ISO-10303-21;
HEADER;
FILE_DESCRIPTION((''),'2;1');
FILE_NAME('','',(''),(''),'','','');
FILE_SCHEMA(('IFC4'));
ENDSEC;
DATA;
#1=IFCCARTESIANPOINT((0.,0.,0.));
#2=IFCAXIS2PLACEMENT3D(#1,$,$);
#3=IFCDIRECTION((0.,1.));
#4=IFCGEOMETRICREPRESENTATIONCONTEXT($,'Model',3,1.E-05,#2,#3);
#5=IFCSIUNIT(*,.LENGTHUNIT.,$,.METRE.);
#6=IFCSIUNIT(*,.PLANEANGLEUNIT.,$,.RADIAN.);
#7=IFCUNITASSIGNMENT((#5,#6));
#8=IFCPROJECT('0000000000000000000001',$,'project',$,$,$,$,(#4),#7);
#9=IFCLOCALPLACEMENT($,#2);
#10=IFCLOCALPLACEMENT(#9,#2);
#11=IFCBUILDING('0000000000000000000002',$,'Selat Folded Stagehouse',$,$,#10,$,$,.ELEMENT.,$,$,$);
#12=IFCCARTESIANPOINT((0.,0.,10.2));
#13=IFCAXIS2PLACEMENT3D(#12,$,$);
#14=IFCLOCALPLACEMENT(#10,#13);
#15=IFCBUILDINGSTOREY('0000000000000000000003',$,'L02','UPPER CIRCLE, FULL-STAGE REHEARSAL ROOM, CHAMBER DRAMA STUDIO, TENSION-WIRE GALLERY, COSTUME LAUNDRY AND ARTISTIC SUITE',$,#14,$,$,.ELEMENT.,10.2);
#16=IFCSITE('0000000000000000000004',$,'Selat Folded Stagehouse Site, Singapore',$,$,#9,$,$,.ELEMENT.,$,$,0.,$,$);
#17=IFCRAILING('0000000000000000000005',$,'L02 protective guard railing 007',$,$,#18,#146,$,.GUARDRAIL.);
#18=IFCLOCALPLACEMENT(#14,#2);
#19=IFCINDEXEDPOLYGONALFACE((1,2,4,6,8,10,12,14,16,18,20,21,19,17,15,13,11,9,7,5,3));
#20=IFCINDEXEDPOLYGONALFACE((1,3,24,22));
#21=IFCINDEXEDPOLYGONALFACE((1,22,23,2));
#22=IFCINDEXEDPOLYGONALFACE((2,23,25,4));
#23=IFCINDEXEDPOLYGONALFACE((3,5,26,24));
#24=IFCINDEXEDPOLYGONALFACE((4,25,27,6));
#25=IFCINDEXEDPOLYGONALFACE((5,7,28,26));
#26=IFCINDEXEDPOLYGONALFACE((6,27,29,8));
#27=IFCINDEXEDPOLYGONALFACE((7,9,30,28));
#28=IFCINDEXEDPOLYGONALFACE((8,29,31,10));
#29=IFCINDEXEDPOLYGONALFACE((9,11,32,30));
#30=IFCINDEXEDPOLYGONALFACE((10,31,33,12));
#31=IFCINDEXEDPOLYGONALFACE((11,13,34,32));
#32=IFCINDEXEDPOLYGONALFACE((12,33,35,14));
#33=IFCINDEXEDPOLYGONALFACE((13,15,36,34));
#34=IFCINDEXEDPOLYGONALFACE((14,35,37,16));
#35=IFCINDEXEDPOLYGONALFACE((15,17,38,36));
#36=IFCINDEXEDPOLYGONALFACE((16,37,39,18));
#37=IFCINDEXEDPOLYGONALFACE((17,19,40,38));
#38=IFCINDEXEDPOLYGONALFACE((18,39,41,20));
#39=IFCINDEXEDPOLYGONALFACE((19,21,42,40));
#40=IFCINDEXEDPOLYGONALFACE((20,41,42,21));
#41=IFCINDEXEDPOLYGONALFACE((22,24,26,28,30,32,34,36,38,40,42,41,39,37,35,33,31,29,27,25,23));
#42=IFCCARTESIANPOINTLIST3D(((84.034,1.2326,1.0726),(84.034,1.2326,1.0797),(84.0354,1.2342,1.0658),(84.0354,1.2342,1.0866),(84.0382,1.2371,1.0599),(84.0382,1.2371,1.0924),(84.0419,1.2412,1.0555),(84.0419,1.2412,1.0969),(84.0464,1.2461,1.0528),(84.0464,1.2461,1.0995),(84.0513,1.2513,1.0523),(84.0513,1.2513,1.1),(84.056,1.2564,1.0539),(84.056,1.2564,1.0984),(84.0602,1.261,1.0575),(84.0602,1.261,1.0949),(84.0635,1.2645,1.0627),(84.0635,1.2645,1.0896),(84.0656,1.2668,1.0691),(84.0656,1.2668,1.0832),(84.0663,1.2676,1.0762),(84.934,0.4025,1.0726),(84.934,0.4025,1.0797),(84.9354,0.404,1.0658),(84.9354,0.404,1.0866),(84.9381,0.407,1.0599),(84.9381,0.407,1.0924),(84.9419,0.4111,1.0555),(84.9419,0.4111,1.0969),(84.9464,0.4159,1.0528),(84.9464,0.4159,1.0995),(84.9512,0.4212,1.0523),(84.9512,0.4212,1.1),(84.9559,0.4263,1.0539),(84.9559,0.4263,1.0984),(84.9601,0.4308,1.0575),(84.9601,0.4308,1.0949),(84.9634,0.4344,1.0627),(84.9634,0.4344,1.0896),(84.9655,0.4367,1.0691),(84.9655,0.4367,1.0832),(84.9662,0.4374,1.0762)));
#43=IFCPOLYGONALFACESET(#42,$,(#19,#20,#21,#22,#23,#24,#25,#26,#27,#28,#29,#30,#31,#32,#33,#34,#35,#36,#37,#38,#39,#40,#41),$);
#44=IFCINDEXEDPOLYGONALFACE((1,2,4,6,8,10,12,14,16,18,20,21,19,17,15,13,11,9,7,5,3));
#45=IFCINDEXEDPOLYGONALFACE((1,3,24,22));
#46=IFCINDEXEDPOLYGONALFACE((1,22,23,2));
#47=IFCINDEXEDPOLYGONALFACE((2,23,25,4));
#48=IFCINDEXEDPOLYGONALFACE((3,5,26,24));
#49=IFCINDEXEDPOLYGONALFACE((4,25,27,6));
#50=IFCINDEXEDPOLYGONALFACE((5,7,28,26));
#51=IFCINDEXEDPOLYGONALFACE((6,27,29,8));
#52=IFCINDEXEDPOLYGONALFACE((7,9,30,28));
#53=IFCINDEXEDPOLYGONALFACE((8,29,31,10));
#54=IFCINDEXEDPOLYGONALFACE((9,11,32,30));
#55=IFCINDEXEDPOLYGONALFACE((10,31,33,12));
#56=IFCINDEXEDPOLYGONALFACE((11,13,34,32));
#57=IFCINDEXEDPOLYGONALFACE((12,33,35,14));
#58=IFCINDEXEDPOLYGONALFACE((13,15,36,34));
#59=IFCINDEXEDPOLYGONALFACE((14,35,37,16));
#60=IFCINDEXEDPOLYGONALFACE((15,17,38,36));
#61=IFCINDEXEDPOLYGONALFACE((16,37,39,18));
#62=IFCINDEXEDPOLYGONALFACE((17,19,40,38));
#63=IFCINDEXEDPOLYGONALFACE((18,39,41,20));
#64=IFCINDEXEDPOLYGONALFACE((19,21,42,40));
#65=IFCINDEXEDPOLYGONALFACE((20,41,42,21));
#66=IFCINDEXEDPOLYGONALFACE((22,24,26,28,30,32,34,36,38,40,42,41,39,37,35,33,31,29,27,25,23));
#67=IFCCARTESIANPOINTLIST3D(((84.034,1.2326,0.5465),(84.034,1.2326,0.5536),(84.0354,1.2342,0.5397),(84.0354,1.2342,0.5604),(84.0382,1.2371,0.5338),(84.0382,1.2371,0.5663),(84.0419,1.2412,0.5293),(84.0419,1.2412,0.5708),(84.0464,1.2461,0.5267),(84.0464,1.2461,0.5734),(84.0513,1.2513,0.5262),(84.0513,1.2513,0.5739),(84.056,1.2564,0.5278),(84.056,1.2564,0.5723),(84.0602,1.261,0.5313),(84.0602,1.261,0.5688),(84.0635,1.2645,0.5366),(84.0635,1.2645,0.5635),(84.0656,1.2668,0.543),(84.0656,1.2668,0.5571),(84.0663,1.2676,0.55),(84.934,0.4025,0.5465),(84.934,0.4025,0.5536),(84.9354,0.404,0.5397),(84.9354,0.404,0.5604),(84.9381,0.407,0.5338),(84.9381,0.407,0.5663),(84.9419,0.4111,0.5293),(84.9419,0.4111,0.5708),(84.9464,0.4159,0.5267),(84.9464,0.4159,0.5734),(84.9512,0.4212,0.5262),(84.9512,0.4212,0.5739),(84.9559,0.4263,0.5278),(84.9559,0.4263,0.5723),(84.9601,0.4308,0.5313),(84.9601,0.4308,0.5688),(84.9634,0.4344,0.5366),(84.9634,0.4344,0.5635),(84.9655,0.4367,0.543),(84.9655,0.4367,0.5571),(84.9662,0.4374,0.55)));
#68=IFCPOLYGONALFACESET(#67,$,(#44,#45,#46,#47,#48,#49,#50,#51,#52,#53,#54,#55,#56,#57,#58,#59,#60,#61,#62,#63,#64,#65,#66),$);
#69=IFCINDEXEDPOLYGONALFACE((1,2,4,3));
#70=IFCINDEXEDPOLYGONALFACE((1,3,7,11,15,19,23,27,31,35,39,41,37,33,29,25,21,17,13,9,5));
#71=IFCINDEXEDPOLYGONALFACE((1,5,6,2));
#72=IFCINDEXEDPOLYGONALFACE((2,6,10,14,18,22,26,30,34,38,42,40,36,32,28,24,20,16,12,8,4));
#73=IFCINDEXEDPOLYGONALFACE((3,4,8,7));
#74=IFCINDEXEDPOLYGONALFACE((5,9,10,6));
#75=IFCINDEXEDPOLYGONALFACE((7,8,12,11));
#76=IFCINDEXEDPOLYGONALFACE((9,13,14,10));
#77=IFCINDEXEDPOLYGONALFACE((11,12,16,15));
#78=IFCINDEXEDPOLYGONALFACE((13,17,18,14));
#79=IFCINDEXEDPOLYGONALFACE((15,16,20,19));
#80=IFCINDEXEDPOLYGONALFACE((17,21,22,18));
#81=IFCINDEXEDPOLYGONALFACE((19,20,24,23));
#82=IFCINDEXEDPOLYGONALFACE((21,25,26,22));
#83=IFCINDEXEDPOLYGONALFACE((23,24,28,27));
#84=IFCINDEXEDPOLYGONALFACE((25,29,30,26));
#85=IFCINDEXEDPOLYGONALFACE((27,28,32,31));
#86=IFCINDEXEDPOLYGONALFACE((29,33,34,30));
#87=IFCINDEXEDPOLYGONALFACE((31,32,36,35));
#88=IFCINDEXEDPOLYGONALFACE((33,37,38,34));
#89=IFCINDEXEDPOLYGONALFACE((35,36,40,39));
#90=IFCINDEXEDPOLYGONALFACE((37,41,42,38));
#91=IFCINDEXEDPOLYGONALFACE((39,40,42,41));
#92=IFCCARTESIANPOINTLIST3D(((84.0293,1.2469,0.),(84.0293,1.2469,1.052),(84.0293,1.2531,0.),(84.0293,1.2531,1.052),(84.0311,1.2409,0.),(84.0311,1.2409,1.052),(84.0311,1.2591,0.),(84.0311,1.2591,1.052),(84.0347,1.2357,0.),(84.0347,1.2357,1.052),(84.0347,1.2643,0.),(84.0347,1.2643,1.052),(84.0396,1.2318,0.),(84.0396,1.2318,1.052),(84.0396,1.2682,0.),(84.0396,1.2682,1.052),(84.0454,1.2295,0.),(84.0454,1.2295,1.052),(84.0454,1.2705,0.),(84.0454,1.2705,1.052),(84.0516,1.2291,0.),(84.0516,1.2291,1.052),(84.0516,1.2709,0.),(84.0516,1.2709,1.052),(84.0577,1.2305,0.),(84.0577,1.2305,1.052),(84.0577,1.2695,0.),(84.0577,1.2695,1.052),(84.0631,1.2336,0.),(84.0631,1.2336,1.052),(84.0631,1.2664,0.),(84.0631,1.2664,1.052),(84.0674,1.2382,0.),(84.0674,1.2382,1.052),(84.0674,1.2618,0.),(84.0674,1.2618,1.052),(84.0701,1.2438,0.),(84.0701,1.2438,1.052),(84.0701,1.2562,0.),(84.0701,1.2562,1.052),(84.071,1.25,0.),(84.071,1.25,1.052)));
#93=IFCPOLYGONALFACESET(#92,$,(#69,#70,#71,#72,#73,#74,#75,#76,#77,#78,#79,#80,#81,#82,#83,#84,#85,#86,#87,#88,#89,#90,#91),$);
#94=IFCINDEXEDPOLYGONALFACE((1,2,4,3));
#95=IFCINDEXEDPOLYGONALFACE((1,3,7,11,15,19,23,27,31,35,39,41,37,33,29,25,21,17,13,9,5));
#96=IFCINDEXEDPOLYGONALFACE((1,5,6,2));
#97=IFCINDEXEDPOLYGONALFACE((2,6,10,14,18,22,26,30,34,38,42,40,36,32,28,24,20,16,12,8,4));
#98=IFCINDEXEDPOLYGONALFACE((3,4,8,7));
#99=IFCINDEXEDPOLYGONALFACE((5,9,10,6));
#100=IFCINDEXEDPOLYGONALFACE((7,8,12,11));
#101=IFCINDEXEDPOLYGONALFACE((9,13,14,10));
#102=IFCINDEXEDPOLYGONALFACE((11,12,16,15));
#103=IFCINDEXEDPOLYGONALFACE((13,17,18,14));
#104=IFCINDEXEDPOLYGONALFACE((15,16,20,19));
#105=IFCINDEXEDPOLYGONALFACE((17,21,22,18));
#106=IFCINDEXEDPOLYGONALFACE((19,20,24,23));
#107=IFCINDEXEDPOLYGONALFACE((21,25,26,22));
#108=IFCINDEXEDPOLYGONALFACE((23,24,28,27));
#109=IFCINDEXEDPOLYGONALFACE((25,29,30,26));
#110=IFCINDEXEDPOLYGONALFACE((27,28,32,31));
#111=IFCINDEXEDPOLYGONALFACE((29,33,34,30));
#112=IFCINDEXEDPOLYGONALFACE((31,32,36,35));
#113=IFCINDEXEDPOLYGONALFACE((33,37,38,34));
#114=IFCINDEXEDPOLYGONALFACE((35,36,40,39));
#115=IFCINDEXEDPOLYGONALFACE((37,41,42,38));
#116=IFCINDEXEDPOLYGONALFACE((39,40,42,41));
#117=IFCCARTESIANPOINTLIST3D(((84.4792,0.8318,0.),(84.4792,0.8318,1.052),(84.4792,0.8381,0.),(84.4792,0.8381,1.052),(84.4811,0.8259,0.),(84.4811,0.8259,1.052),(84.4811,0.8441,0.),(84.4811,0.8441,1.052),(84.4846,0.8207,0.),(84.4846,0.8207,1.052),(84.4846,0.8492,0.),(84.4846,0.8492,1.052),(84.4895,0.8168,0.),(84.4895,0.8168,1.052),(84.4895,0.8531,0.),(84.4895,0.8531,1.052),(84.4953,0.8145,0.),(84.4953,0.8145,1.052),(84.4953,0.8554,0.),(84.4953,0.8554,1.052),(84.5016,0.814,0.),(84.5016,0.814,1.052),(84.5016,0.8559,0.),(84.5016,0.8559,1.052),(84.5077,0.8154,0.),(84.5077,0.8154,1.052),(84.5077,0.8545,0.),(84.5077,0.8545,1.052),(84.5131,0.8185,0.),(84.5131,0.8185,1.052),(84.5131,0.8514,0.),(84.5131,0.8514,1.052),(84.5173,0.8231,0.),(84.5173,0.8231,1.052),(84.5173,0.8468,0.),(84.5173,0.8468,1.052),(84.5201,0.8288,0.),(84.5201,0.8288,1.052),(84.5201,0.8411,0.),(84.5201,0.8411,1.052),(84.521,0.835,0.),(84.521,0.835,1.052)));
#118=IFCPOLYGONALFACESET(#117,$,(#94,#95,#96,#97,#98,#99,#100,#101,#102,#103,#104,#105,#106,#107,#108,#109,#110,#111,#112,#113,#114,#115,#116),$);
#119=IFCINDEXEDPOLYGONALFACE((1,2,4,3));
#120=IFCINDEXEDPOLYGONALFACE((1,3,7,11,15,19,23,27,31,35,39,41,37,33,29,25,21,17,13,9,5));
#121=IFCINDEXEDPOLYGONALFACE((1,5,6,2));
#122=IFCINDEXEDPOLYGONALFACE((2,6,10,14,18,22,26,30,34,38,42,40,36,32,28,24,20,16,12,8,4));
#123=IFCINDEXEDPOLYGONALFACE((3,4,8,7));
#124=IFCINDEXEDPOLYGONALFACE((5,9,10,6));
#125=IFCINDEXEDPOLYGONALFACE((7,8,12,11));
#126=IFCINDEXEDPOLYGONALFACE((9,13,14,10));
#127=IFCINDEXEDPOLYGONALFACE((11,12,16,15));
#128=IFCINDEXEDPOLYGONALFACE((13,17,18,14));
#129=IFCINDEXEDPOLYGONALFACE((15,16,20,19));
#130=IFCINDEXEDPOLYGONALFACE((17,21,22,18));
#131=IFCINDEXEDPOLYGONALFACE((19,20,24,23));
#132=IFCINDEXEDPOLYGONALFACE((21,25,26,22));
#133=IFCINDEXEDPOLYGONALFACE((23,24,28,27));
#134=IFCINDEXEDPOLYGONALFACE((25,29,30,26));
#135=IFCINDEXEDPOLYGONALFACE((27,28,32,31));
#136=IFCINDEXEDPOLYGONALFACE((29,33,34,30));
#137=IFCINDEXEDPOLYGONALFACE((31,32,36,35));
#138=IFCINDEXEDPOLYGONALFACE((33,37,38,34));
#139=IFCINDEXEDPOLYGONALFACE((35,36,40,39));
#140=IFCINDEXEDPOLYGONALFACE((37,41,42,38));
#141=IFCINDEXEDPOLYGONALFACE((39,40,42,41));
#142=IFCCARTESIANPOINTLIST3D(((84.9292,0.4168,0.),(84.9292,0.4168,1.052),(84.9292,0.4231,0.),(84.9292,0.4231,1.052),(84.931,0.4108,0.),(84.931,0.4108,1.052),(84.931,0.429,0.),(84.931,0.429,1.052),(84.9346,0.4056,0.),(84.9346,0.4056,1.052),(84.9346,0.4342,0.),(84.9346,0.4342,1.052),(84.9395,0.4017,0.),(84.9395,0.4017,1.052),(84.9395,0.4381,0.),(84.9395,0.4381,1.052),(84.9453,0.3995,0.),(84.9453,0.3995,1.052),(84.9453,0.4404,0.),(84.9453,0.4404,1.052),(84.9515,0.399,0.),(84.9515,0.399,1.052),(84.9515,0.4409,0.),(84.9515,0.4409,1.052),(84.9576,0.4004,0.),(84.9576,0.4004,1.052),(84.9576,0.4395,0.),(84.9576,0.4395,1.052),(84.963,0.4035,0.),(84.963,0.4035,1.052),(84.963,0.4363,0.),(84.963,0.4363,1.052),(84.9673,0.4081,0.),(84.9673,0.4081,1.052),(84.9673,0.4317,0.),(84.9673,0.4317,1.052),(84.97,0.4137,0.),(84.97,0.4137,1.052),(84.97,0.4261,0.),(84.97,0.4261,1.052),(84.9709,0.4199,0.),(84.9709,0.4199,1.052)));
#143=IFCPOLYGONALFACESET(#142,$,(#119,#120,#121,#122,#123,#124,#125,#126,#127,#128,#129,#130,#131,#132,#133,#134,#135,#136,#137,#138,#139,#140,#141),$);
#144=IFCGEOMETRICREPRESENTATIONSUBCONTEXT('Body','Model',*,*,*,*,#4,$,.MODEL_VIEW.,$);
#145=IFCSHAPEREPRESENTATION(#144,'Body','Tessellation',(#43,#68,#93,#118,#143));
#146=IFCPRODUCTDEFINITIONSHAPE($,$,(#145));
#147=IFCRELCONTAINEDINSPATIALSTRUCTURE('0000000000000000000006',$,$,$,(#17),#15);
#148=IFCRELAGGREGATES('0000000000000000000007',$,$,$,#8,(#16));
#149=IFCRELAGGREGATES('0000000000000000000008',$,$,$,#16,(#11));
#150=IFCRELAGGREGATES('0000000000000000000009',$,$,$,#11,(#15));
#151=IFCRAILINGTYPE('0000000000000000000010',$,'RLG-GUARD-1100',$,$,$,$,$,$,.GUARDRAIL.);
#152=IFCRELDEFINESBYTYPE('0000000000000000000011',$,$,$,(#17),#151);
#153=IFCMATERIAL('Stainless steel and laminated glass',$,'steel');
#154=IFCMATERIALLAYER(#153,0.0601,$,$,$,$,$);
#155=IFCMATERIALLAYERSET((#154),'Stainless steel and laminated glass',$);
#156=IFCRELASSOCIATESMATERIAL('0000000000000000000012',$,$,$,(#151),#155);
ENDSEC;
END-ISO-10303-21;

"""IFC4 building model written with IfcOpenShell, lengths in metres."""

from ifc_helpers import new_model, si_unit, direction, frame, origin, origin_2d, place, context, subcontext, project, spatial, circle, extrude, material, layer, layer_set, type_object, element, save


model = new_model("IFC4")

# Units and contexts
model_context = context("Model", 3, precision=1e-05, world=origin(), true_north=direction((0.0, 1.0)))
body_context = subcontext(model_context, "Body", "Model", "MODEL_VIEW")
ifc_project = project(units=[si_unit("LENGTHUNIT", "METRE"), si_unit("PLANEANGLEUNIT", "RADIAN")], contexts=[model_context])

# Site, building, storey
site_placement = place(None, origin())
site = spatial("IfcSite", under=ifc_project, at=site_placement, Name="Selat Folded Stagehouse Site, Singapore", CompositionType="ELEMENT", RefElevation=0.0)
building_placement = place(site_placement, origin())
building = spatial("IfcBuilding", under=site, at=building_placement, Name="Selat Folded Stagehouse", CompositionType="ELEMENT")
storey_placement = place(building_placement, frame((0.0, 0.0, 10.2)))
storey = spatial("IfcBuildingStorey", under=building, at=storey_placement, Name="L02", Description="UPPER CIRCLE, FULL-STAGE REHEARSAL ROOM, CHAMBER DRAMA STUDIO, TENSION-WIRE GALLERY, COSTUME LAUNDRY AND ARTISTIC SUITE", CompositionType="ELEMENT", Elevation=10.2)

# Railing
ifc_material_1 = material(Name="Stainless steel and laminated glass", Category="steel")
ifc_layer_1 = layer(ifc_material_1, 0.0601)
ifc_layer_set_1 = layer_set([ifc_layer_1], Name="Stainless steel and laminated glass")
railing_type = type_object("IfcRailingType", Name="RLG-GUARD-1100", PredefinedType="GUARDRAIL", material=ifc_layer_set_1)
railing_1_placement = place(storey_placement, frame((84.05, 1.25, 0.0)))
element("IfcRailing", 1, at=railing_1_placement, inside=storey, type_object=railing_type, Name="L02 protective guard railing 007", PredefinedType="GUARDRAIL", context=body_context, shape_type="SweptSolid", body=[
    extrude(circle(Radius=0.0239, at=origin_2d()), frame((0.0, 0.0, 1.0762), z_axis=(0.735048, -0.678015, 0.0), x_axis=(0.678015, 0.735048, 0.0)), (0.0, 0.0, 1.0), 1.2244),
    extrude(circle(Radius=0.0239, at=origin_2d()), frame((0.0, 0.0, 0.55), z_axis=(0.735048, -0.678015, 0.0), x_axis=(0.678015, 0.735048, 0.0)), (0.0, 0.0, 1.0), 1.2244),
    extrude(circle(Radius=0.021, at=origin_2d()), origin(), (0.0, 0.0, 1.0), 1.052),
    extrude(circle(Radius=0.021, at=origin_2d()), frame((0.45, -0.415, 0.0)), (0.0, 0.0, 1.0), 1.052),
    extrude(circle(Radius=0.021, at=origin_2d()), frame((0.8999, -0.8301, 0.0)), (0.0, 0.0, 1.0), 1.052),
])

save(model, "model.ifc")
